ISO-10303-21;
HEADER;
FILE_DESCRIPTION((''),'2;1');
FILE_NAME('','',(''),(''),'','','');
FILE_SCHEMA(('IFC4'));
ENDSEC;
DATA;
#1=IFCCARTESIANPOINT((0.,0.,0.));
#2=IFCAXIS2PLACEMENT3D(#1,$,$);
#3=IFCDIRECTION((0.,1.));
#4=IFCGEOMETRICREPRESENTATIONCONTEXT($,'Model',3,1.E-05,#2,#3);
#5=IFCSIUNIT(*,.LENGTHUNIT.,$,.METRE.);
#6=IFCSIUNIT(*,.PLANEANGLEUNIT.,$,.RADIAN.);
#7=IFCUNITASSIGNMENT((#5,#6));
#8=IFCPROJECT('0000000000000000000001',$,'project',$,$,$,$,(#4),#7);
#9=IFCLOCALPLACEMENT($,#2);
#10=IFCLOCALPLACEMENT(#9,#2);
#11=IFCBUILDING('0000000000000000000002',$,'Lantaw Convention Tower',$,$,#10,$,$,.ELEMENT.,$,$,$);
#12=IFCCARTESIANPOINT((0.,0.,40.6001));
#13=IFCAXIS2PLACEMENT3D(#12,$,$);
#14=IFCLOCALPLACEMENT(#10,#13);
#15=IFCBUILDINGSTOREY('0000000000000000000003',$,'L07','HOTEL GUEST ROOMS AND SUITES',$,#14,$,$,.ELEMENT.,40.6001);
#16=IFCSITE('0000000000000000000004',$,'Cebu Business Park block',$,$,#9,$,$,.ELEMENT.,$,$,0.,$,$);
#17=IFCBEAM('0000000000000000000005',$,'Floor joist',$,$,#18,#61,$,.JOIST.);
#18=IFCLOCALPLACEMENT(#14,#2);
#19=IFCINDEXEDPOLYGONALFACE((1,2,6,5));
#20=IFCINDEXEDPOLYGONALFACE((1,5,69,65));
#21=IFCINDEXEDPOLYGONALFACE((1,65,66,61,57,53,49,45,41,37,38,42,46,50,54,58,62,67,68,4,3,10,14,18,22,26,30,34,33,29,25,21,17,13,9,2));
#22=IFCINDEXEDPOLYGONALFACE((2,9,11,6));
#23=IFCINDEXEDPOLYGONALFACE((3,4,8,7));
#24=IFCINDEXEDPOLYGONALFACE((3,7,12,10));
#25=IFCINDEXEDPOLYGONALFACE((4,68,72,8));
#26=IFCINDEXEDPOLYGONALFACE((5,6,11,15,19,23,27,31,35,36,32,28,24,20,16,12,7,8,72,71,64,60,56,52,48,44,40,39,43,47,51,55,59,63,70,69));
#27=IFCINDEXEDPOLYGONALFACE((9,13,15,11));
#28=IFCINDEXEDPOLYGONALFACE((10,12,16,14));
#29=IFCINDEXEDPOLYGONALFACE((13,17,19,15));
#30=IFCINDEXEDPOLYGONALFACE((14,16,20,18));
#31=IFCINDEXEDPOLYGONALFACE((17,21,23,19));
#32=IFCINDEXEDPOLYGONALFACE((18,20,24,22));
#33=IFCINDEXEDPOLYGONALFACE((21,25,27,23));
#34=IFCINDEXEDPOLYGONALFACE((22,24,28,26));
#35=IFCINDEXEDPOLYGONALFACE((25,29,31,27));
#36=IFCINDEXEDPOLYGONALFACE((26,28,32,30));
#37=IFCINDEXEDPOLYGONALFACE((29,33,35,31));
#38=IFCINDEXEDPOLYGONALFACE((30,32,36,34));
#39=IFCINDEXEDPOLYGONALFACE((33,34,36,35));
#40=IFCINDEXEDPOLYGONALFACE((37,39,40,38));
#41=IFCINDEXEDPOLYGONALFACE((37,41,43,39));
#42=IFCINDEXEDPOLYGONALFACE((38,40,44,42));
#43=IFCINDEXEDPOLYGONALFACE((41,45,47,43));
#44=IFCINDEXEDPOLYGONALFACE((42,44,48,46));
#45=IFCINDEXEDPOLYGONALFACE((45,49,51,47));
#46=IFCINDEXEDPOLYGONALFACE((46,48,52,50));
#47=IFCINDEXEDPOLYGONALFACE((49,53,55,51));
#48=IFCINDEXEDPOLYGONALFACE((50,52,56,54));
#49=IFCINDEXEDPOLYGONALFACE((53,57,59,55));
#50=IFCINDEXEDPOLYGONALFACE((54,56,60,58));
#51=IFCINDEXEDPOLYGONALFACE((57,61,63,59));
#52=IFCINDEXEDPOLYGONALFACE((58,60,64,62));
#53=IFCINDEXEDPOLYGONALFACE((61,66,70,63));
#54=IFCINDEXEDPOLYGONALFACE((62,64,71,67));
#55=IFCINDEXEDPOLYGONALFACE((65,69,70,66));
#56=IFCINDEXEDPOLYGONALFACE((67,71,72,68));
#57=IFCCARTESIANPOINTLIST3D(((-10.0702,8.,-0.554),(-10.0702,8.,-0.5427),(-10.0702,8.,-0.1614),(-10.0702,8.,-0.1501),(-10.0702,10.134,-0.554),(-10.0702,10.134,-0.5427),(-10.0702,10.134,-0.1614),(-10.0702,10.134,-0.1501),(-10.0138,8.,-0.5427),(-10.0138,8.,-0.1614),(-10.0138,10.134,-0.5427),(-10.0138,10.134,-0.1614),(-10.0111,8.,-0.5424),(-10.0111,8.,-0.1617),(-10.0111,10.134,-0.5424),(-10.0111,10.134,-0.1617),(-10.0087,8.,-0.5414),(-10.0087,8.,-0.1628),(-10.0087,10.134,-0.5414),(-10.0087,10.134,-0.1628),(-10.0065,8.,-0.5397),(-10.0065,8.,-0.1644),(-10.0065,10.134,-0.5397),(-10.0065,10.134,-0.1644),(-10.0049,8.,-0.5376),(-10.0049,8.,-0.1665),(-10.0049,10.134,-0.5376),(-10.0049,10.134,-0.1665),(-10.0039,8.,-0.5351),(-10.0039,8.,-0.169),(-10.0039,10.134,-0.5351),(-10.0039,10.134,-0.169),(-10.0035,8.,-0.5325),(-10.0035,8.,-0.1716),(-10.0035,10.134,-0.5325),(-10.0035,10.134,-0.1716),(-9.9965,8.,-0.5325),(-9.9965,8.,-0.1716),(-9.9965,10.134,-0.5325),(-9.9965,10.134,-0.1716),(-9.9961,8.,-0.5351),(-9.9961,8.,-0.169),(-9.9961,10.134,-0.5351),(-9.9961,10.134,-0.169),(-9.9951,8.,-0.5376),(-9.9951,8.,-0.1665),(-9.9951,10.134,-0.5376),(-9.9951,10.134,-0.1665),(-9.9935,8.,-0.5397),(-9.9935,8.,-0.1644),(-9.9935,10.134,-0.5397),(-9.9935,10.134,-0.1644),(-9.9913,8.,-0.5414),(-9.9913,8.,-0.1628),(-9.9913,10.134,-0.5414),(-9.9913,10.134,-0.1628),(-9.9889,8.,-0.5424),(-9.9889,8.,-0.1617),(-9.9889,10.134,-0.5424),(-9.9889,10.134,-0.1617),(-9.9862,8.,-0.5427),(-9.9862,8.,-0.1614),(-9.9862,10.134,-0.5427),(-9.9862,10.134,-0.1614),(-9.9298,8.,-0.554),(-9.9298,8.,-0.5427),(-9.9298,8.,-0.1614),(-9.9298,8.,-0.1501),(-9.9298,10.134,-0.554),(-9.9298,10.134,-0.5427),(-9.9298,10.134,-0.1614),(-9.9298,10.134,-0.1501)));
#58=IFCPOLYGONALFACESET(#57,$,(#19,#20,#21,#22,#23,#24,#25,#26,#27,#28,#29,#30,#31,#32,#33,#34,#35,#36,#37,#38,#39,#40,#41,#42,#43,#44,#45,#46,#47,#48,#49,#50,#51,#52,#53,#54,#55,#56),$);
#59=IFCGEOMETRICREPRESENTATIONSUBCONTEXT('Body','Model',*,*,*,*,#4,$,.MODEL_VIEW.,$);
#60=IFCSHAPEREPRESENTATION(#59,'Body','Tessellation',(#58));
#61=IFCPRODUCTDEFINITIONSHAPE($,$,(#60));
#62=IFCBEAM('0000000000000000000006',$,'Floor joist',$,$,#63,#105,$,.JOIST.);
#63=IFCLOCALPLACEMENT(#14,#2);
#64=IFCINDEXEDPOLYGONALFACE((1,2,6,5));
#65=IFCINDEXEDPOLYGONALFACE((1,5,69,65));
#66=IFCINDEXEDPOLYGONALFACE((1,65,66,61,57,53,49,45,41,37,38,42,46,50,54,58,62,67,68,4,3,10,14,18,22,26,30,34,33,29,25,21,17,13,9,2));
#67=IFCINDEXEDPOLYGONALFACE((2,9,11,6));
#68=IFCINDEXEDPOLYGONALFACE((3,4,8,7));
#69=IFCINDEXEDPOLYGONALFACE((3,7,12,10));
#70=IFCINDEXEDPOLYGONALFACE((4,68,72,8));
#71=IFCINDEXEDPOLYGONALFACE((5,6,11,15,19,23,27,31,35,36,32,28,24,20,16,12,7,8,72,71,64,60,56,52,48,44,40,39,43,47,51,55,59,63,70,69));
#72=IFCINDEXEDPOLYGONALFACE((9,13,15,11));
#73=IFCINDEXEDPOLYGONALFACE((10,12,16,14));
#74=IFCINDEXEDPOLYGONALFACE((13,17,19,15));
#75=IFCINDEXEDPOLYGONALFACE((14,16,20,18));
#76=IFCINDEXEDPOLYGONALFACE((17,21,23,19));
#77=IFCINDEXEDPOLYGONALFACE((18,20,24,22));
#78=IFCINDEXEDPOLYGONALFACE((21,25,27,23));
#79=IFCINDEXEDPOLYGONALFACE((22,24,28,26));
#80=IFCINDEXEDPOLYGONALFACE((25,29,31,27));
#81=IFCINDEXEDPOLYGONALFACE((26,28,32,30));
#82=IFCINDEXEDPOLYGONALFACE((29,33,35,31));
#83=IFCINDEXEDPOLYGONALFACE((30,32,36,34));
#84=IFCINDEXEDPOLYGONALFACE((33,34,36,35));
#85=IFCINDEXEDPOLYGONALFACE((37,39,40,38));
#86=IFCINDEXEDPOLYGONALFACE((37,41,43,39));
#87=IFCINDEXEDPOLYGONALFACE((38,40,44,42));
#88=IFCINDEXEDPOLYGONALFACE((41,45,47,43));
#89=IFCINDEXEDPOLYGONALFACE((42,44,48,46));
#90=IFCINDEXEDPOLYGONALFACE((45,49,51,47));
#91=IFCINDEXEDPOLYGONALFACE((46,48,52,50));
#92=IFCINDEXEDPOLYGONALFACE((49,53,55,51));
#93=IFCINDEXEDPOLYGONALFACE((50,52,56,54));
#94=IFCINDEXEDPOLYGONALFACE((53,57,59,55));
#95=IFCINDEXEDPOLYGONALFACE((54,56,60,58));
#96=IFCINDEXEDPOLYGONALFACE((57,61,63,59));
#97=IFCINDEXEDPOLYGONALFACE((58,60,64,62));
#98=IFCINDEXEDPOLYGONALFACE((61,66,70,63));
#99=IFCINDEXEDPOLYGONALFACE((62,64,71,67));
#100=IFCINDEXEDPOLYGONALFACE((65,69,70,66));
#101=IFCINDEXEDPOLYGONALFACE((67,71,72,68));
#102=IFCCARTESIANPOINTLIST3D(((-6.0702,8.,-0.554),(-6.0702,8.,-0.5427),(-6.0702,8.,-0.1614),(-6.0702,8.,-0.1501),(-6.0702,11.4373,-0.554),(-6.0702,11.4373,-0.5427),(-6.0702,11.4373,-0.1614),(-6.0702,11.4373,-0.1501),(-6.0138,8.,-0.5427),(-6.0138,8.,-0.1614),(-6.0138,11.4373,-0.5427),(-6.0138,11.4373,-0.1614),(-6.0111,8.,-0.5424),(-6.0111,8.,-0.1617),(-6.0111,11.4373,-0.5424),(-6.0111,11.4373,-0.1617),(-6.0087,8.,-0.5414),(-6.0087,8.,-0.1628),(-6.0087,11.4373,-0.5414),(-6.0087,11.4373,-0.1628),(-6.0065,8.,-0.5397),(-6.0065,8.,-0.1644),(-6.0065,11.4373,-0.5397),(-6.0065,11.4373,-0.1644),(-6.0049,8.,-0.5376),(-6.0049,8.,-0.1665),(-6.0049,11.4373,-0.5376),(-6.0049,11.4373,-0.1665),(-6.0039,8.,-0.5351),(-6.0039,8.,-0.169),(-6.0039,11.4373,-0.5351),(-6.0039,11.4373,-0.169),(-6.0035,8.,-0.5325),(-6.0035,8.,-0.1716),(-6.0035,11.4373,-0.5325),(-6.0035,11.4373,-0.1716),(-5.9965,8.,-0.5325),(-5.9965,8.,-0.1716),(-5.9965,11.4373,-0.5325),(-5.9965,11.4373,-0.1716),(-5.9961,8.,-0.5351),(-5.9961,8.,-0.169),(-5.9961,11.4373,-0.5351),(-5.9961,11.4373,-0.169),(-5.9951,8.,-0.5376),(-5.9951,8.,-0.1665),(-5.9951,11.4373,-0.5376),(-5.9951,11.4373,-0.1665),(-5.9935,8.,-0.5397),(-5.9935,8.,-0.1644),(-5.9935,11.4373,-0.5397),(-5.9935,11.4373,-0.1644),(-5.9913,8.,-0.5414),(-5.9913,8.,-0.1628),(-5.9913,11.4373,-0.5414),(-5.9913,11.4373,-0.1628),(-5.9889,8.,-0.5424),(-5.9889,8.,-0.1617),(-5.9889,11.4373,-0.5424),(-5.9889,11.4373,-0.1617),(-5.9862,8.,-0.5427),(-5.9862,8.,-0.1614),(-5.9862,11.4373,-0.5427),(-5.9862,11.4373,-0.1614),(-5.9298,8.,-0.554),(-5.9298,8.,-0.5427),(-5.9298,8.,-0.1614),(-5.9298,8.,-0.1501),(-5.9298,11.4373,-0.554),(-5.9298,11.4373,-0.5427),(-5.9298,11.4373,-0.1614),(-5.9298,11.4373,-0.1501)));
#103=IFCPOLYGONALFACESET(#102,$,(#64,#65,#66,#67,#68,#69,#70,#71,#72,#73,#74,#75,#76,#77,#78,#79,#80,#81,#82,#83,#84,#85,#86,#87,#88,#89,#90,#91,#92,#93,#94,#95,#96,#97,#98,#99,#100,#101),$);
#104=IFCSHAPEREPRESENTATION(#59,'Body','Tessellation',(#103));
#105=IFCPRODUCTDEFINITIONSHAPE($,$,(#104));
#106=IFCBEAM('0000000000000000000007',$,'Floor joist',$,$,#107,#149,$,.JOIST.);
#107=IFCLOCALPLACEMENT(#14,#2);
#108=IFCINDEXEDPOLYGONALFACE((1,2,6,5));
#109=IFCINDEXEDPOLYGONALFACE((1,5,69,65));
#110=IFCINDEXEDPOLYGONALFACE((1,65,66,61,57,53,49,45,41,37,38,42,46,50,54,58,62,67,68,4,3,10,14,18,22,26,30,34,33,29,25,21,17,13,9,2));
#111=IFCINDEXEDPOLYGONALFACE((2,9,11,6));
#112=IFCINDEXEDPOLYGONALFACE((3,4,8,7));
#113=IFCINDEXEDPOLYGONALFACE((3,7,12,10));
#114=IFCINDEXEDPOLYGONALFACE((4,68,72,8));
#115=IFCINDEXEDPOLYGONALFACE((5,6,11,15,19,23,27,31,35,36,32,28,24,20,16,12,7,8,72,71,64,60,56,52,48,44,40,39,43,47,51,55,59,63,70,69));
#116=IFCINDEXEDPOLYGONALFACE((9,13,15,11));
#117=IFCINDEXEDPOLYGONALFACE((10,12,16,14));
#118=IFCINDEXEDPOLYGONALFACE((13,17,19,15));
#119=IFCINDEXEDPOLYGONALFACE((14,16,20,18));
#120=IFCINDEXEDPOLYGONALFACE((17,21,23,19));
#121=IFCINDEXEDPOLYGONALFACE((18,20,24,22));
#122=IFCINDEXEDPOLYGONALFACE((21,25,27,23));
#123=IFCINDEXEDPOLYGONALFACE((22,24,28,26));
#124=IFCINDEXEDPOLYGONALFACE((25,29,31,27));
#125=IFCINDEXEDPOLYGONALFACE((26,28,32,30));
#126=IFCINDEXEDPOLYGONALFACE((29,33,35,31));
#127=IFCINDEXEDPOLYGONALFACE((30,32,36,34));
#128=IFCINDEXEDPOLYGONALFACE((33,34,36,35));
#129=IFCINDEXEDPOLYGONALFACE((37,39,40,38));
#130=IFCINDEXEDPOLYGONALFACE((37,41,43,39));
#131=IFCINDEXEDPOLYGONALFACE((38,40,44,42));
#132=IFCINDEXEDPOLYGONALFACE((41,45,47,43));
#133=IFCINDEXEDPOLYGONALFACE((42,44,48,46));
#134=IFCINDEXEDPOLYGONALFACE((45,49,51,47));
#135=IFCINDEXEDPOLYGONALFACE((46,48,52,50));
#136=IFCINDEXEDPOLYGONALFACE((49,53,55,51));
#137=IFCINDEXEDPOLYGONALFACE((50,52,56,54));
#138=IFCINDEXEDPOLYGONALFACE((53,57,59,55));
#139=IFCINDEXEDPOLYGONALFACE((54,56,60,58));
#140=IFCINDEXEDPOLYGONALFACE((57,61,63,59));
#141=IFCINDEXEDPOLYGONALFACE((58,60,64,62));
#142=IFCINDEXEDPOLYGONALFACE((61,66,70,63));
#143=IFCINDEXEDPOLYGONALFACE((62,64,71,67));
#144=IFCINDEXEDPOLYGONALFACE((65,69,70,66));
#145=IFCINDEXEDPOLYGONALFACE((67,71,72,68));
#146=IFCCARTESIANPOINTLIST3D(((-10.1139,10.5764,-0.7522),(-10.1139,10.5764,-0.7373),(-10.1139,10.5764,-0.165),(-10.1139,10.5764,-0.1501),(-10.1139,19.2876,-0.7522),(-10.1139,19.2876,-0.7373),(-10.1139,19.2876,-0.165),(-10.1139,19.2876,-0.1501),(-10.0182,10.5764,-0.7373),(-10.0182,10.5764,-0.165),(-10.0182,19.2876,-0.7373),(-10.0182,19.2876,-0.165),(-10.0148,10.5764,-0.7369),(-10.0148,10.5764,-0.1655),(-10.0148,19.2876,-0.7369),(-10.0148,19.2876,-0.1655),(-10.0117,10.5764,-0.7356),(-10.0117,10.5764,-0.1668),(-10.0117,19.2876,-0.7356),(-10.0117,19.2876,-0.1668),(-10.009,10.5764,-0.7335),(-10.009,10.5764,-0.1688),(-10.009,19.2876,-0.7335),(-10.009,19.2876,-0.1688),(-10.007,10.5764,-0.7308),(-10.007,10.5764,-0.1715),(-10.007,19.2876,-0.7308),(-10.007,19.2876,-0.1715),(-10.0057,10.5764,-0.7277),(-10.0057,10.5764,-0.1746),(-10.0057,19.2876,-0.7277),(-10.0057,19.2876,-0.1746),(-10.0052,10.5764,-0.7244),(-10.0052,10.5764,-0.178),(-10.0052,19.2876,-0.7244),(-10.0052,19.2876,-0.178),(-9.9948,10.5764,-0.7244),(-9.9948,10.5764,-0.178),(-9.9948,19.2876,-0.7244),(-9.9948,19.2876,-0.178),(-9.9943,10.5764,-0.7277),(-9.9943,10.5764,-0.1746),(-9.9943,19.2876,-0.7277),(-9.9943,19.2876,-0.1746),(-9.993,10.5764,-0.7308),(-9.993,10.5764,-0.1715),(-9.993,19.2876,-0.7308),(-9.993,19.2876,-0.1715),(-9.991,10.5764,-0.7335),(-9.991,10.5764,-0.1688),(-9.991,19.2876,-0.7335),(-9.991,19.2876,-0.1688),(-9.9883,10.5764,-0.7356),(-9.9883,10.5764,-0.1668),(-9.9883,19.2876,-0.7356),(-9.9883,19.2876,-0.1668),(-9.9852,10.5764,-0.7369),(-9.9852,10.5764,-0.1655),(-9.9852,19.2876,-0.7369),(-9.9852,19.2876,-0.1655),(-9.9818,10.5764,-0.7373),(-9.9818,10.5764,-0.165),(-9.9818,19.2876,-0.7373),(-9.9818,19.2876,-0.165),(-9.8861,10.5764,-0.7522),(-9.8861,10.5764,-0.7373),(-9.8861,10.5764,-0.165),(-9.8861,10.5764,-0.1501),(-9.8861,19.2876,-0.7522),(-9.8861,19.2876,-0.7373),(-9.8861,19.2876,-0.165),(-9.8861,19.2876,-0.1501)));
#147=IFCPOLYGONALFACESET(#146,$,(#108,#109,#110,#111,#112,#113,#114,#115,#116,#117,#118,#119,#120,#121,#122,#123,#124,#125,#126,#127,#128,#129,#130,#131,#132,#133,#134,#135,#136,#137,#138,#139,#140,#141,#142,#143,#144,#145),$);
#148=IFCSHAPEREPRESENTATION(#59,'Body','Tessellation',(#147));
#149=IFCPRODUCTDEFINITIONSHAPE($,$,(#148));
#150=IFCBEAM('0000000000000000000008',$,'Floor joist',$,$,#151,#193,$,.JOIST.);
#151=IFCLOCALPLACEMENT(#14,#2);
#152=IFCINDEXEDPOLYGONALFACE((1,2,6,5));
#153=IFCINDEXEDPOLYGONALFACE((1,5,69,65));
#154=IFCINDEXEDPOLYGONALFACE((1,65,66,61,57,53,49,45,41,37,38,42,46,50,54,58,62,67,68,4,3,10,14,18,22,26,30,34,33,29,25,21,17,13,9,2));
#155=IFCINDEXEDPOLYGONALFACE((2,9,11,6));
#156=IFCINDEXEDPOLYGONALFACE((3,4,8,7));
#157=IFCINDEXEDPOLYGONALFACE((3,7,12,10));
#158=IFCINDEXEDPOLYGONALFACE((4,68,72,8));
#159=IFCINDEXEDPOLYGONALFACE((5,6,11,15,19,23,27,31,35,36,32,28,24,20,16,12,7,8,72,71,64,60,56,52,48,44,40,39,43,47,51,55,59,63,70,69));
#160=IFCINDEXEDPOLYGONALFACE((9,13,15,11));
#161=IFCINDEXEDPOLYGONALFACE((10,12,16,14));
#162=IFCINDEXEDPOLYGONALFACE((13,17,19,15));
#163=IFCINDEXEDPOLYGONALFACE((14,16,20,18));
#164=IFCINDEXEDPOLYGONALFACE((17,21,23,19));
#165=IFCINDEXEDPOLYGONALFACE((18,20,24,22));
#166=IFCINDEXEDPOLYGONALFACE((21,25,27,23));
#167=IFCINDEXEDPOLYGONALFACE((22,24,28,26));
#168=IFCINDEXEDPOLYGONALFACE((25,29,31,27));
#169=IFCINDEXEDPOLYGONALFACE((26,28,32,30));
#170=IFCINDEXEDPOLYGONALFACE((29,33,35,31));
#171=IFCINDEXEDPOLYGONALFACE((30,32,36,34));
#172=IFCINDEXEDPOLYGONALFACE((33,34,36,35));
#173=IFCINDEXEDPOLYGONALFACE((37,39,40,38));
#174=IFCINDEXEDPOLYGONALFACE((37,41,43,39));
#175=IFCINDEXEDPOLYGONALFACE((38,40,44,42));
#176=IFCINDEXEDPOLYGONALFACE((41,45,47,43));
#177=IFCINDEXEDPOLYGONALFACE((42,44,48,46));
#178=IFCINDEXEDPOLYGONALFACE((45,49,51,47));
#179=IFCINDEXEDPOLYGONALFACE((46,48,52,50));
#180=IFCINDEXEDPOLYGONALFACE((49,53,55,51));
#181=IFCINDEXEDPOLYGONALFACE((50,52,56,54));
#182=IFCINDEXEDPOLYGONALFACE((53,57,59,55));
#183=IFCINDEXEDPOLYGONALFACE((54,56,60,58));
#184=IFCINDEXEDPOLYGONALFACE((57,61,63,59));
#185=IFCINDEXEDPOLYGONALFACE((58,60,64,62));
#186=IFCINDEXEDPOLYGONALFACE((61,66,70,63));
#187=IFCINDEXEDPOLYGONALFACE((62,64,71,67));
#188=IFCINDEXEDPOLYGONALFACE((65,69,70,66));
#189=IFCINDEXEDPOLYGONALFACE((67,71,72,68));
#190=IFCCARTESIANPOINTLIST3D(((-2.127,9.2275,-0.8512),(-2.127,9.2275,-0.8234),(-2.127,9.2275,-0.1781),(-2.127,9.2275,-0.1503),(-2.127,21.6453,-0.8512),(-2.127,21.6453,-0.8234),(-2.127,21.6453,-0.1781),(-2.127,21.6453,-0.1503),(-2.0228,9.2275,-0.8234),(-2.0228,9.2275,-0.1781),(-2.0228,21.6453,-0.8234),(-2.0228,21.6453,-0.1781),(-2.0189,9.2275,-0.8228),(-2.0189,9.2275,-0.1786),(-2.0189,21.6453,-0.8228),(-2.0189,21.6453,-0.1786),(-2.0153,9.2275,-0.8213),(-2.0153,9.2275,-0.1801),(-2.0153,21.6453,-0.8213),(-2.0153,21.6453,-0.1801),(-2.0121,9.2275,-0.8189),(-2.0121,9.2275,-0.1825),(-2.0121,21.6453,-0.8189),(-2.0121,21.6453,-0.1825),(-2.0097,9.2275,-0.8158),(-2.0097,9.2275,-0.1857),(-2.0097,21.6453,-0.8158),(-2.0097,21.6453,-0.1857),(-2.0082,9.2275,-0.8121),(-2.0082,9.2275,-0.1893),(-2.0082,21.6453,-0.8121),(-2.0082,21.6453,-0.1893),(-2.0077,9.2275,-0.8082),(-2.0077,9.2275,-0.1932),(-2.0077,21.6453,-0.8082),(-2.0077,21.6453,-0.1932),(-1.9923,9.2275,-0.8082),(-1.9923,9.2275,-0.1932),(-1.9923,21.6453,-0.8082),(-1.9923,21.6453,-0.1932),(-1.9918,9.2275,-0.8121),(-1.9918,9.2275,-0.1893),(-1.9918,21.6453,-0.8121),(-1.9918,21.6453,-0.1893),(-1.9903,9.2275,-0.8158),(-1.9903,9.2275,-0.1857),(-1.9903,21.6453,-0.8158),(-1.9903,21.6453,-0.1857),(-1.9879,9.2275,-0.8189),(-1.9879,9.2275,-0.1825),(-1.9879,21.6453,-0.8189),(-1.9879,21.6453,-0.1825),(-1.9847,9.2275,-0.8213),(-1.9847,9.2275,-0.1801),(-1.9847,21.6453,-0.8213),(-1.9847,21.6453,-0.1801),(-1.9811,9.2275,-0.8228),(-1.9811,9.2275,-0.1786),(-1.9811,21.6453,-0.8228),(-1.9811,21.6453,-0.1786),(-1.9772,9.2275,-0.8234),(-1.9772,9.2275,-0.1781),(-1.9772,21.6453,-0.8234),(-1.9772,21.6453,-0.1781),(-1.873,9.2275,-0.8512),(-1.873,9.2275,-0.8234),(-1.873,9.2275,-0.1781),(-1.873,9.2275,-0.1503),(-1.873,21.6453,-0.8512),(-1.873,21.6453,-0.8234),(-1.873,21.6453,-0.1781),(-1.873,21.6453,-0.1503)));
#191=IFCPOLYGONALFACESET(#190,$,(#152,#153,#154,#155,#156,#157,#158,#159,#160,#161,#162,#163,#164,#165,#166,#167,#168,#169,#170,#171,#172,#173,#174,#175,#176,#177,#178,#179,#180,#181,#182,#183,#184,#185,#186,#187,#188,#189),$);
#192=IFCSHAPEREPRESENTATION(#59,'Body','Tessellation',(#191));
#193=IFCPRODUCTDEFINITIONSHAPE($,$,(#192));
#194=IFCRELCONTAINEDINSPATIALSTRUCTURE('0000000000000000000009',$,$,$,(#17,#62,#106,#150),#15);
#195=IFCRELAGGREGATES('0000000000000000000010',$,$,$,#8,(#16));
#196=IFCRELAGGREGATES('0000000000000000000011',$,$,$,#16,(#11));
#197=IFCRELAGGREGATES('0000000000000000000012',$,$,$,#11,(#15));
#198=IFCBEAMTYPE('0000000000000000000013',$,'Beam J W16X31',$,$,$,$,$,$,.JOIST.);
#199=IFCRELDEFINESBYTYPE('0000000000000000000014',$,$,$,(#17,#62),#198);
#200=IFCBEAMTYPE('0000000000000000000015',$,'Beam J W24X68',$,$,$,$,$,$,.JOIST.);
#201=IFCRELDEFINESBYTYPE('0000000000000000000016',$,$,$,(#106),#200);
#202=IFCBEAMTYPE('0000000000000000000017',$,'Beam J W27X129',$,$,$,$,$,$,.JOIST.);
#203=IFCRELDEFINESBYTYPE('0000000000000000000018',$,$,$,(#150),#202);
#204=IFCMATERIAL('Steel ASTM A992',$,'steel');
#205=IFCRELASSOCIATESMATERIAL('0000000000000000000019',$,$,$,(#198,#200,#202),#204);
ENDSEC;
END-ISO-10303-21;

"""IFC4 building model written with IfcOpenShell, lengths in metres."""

from ifc_helpers import new_model, si_unit, direction, frame, origin, origin_2d, place, context, subcontext, project, spatial, i_section, extrude, material, material_profile, profile_set, type_object, element, save


model = new_model("IFC4")

# Units and contexts
model_context = context("Model", 3, precision=1e-05, world=origin(), true_north=direction((0.0, 1.0)))
body_context = subcontext(model_context, "Body", "Model", "MODEL_VIEW")
ifc_project = project(units=[si_unit("LENGTHUNIT", "METRE"), si_unit("PLANEANGLEUNIT", "RADIAN")], contexts=[model_context])

# Site, building, storey
site_placement = place(None, origin())
site = spatial("IfcSite", under=ifc_project, at=site_placement, Name="Cebu Business Park block", CompositionType="ELEMENT", RefElevation=0.0)
building_placement = place(site_placement, origin())
building = spatial("IfcBuilding", under=site, at=building_placement, Name="Lantaw Convention Tower", CompositionType="ELEMENT")
storey_placement = place(building_placement, frame((0.0, 0.0, 40.6001)))
storey = spatial("IfcBuildingStorey", under=building, at=storey_placement, Name="L07", Description="HOTEL GUEST ROOMS AND SUITES", CompositionType="ELEMENT", Elevation=40.6001)

# Beams
ifc_material_1 = material(Name="Steel ASTM A992", Category="steel")
ifc_material_profile_1 = material_profile(ifc_material_1, i_section(OverallWidth=0.1404, OverallDepth=0.4038, WebThickness=0.0071, FlangeThickness=0.0112, FilletRadius=0.0103, at=origin_2d()), Name="W16X31")
ifc_profile_set_1 = profile_set([ifc_material_profile_1], Name="Steel ASTM A992")
beam_type_1 = type_object("IfcBeamType", Name="Beam J W16X31", PredefinedType="JOIST", material=ifc_profile_set_1)
beam_1_placement = place(storey_placement, frame((-10.0, 8.0, -0.3521), z_axis=(0.0, 1.0, 0.0), x_axis=(-1.0, 0.0, 0.0)))
element("IfcBeam", 1, at=beam_1_placement, inside=storey, type_object=beam_type_1, Name="Floor joist", PredefinedType="JOIST", context=body_context, shape_type="SweptSolid", body=[
    extrude(i_section(OverallWidth=0.1404, OverallDepth=0.4038, WebThickness=0.0071, FlangeThickness=0.0112, FilletRadius=0.0103, at=origin_2d()), origin(), (0.0, 0.0, 1.0), 2.134),
])
beam_2_placement = place(storey_placement, frame((-6.0, 8.0, -0.3521), z_axis=(0.0, 1.0, 0.0), x_axis=(-1.0, 0.0, 0.0)))
element("IfcBeam", 2, at=beam_2_placement, inside=storey, type_object=beam_type_1, Name="Floor joist", PredefinedType="JOIST", context=body_context, shape_type="SweptSolid", body=[
    extrude(i_section(OverallWidth=0.1404, OverallDepth=0.4038, WebThickness=0.0071, FlangeThickness=0.0112, FilletRadius=0.0103, at=origin_2d()), origin(), (0.0, 0.0, 1.0), 3.4373),
])
ifc_material_profile_2 = material_profile(ifc_material_1, i_section(OverallWidth=0.2278, OverallDepth=0.6021, WebThickness=0.0105, FlangeThickness=0.0149, FilletRadius=0.0129, at=origin_2d()), Name="W24X68")
ifc_profile_set_2 = profile_set([ifc_material_profile_2], Name="Steel ASTM A992")
beam_type_2 = type_object("IfcBeamType", Name="Beam J W24X68", PredefinedType="JOIST", material=ifc_profile_set_2)
beam_3_placement = place(storey_placement, frame((-10.0, 10.5764, -0.4512), z_axis=(0.0, 1.0, 0.0), x_axis=(-1.0, 0.0, 0.0)))
element("IfcBeam", 3, at=beam_3_placement, inside=storey, type_object=beam_type_2, Name="Floor joist", PredefinedType="JOIST", context=body_context, shape_type="SweptSolid", body=[
    extrude(i_section(OverallWidth=0.2278, OverallDepth=0.6021, WebThickness=0.0105, FlangeThickness=0.0149, FilletRadius=0.0129, at=origin_2d()), origin(), (0.0, 0.0, 1.0), 8.7112),
])
ifc_material_profile_3 = material_profile(ifc_material_1, i_section(OverallWidth=0.2539, OverallDepth=0.7009, WebThickness=0.0154, FlangeThickness=0.0278, FilletRadius=0.0151, at=origin_2d()), Name="W27X129")
ifc_profile_set_3 = profile_set([ifc_material_profile_3], Name="Steel ASTM A992")
beam_type_3 = type_object("IfcBeamType", Name="Beam J W27X129", PredefinedType="JOIST", material=ifc_profile_set_3)
beam_4_placement = place(storey_placement, frame((-2.0, 9.2275, -0.5007), z_axis=(0.0, 1.0, 0.0), x_axis=(-1.0, 0.0, 0.0)))
element("IfcBeam", 4, at=beam_4_placement, inside=storey, type_object=beam_type_3, Name="Floor joist", PredefinedType="JOIST", context=body_context, shape_type="SweptSolid", body=[
    extrude(i_section(OverallWidth=0.2539, OverallDepth=0.7009, WebThickness=0.0154, FlangeThickness=0.0278, FilletRadius=0.0151, at=origin_2d()), origin(), (0.0, 0.0, 1.0), 12.4177),
])

save(model, "model.ifc")
